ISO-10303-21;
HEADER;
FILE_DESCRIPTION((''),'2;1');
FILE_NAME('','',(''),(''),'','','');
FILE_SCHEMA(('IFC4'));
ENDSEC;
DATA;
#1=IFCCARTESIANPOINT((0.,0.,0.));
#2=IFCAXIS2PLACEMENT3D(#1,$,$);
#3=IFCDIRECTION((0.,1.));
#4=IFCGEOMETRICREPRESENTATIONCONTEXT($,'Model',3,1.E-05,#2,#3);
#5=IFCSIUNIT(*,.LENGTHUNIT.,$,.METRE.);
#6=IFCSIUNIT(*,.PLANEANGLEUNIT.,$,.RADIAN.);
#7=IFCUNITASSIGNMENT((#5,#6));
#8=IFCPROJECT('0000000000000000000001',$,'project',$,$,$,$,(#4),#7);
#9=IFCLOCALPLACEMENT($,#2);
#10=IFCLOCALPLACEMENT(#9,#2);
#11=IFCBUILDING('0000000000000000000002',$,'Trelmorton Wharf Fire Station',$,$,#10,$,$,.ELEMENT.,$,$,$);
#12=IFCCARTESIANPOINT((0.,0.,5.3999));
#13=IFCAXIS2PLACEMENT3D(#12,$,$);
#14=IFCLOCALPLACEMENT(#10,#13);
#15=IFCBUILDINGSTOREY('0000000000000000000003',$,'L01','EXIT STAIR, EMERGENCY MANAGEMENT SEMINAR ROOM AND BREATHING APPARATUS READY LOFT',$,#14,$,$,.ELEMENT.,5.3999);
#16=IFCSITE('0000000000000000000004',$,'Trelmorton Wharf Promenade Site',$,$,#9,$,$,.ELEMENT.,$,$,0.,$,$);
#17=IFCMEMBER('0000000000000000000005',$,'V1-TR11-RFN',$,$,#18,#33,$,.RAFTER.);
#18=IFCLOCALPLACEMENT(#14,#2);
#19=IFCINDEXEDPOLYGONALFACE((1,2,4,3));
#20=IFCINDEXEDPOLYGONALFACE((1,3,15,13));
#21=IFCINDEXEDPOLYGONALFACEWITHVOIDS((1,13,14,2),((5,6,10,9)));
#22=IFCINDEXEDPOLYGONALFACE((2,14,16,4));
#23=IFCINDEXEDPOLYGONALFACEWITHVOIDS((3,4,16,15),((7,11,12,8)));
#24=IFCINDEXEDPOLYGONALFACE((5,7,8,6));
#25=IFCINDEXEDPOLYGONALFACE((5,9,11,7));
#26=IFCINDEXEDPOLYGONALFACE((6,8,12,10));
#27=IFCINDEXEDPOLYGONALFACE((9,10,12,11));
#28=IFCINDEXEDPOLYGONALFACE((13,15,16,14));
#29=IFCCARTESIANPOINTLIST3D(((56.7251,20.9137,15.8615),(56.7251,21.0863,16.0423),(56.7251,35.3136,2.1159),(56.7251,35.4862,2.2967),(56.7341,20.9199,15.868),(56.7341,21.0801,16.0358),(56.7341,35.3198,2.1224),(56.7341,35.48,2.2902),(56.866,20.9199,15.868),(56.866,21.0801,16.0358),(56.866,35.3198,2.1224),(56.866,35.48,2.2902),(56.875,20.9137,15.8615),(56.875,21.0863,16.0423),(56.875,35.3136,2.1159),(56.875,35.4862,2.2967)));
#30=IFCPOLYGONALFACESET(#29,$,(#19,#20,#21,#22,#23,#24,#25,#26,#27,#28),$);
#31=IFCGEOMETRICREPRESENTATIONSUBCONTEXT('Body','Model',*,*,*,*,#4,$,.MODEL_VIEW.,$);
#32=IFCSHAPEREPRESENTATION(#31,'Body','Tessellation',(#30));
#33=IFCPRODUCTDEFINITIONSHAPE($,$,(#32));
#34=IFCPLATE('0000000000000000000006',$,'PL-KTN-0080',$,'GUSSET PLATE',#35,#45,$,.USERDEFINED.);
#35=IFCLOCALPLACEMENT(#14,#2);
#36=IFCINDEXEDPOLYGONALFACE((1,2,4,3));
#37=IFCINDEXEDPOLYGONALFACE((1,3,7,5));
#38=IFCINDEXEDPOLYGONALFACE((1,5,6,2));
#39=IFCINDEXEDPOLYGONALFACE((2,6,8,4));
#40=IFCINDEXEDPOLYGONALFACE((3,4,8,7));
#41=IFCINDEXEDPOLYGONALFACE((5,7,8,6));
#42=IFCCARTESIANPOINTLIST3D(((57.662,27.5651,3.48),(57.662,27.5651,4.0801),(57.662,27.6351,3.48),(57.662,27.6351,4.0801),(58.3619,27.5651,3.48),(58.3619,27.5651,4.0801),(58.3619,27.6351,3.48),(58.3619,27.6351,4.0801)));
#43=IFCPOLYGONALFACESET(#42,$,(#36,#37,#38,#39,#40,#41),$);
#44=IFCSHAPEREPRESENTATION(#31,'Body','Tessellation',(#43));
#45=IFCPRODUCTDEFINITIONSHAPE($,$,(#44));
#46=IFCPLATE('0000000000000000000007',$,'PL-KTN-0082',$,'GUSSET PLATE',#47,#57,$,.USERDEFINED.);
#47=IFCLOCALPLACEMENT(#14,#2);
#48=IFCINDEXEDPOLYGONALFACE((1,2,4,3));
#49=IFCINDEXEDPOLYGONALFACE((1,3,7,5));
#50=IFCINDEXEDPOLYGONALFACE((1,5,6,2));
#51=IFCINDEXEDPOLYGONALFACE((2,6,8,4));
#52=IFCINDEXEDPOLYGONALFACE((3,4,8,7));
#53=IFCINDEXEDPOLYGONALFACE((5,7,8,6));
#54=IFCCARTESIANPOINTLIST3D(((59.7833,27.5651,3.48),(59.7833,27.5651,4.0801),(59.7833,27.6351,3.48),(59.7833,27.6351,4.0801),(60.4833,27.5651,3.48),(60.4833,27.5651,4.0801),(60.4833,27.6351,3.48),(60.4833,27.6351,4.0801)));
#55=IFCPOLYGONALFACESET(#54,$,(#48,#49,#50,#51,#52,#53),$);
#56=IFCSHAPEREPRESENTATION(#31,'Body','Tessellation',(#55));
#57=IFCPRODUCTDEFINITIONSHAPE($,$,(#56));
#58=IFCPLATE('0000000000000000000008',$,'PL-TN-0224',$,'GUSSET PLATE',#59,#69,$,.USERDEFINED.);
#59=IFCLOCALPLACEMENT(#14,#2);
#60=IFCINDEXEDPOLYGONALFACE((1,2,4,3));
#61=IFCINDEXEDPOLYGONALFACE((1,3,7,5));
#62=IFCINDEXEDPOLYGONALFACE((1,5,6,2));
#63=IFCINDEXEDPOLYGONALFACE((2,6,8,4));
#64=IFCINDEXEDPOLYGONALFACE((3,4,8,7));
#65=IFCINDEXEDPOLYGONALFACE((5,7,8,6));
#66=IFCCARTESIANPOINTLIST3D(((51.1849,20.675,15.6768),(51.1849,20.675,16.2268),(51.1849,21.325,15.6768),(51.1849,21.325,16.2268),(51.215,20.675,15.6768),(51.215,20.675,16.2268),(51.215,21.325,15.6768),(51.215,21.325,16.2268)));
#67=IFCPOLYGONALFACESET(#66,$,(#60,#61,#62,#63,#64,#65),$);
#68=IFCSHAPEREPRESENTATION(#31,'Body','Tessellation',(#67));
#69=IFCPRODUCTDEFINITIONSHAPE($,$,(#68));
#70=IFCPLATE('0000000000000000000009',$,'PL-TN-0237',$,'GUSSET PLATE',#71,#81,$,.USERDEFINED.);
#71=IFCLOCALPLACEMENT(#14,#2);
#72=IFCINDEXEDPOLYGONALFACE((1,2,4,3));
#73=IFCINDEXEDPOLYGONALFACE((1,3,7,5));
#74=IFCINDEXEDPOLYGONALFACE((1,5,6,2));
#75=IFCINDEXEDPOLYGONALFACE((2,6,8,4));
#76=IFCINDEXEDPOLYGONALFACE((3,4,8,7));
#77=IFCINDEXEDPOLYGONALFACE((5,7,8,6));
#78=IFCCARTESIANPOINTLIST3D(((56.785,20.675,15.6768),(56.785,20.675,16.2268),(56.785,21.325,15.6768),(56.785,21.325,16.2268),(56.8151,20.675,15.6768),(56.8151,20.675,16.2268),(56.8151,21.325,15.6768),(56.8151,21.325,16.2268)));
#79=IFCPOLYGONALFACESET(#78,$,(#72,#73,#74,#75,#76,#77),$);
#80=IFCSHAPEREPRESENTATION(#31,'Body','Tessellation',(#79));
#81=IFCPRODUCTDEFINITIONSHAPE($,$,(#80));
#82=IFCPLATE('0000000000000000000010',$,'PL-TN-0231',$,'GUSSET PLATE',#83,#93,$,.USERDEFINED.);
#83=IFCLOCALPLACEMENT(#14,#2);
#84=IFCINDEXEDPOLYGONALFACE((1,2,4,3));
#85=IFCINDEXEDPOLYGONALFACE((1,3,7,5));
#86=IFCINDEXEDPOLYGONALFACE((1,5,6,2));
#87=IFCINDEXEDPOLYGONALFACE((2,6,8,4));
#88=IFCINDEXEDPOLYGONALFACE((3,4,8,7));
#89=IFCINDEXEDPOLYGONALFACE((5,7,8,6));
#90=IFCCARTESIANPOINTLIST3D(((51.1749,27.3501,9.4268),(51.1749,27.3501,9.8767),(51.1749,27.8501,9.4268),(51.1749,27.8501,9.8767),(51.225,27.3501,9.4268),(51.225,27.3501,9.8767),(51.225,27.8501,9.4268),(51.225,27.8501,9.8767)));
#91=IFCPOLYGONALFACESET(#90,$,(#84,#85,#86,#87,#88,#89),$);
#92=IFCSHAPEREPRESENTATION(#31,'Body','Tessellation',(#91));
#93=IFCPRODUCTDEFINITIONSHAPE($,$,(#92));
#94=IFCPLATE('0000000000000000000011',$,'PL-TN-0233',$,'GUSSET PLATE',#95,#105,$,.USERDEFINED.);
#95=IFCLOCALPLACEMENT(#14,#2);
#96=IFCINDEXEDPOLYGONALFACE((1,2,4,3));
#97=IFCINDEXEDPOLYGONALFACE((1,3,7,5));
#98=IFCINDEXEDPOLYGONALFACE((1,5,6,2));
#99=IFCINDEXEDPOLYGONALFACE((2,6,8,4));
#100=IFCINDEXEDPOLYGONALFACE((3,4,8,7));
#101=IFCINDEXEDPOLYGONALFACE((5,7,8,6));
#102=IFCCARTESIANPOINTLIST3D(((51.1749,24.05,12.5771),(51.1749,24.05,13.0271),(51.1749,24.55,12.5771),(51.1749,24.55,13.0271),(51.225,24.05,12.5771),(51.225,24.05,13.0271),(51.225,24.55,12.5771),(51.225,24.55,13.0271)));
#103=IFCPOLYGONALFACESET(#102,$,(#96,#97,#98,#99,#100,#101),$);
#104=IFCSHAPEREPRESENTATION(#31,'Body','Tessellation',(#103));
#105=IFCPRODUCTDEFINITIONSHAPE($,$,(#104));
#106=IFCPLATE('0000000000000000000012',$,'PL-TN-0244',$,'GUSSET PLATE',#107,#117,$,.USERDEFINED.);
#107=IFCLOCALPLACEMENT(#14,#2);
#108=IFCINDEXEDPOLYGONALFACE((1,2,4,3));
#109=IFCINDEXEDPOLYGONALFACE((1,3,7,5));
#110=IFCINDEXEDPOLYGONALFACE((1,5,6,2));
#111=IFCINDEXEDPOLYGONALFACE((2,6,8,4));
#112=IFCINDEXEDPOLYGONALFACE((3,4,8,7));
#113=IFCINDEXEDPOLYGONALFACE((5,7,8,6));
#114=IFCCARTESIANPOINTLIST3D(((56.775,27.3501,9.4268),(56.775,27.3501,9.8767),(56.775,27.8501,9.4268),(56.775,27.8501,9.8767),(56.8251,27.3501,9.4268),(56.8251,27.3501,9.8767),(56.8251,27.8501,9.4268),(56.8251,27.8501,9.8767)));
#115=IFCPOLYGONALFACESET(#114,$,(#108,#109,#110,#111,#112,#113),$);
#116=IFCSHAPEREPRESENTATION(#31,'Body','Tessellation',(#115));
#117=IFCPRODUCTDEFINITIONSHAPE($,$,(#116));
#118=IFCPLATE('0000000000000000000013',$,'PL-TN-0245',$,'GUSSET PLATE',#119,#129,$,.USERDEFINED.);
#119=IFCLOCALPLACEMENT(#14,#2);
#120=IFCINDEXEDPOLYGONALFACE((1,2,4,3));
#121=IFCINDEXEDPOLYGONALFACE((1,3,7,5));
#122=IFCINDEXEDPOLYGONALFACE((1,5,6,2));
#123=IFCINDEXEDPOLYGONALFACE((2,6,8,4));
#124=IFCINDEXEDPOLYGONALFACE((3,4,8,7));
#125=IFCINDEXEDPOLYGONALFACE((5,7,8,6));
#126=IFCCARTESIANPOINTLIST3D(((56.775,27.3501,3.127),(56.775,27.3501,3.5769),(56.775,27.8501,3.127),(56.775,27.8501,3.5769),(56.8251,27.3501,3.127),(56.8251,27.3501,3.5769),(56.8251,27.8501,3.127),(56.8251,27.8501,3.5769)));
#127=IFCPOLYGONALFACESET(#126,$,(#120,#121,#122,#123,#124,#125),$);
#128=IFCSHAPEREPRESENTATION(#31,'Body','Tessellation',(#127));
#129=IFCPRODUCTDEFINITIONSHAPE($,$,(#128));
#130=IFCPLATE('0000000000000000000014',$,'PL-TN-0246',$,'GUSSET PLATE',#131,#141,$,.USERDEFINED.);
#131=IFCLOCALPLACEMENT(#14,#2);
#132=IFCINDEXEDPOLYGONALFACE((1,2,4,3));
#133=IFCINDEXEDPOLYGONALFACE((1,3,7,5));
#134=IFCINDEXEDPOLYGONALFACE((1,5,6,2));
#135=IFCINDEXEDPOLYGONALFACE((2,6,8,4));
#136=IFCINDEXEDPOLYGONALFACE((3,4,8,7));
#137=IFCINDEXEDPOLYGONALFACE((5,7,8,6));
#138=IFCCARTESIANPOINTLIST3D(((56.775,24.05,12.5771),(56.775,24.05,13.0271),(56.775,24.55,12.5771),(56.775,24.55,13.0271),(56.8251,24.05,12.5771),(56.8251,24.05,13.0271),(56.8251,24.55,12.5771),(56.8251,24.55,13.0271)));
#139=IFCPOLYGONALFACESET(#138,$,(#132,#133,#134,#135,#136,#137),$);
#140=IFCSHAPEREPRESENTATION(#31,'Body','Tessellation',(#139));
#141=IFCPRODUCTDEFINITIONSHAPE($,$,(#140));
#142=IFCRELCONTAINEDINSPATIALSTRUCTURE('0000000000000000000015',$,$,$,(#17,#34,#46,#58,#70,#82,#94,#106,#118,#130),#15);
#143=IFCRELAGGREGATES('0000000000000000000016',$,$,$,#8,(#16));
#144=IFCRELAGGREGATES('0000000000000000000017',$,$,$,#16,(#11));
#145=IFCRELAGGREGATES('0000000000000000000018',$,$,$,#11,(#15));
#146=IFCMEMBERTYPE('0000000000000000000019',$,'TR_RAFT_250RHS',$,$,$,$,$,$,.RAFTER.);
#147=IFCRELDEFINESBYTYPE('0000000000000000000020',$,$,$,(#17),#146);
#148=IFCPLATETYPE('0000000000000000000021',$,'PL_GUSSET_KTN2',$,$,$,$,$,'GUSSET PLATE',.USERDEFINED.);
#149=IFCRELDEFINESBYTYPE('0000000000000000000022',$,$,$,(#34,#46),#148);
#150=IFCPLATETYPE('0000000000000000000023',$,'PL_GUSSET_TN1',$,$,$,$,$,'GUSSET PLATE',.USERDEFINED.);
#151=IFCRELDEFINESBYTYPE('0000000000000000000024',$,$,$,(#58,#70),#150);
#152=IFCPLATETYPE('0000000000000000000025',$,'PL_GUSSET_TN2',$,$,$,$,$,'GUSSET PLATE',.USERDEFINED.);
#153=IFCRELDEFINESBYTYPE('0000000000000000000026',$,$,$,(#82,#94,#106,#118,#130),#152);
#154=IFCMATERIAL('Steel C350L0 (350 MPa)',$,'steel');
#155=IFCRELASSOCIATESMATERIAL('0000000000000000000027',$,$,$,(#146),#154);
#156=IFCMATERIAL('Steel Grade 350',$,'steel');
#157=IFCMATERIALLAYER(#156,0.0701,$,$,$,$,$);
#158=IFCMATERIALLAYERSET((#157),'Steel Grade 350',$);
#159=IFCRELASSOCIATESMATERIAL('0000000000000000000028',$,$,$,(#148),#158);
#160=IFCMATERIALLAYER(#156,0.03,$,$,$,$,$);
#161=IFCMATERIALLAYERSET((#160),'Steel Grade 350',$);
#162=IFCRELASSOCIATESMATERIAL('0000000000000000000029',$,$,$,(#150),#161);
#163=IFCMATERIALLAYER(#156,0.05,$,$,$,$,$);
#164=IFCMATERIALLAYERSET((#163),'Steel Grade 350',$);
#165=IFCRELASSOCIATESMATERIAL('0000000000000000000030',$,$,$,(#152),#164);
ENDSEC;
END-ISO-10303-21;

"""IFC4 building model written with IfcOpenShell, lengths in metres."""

from ifc_helpers import new_model, si_unit, direction, frame, origin, origin_2d, place, context, subcontext, project, spatial, rectangle, hollow_rectangle, extrude, material, layer, layer_set, material_profile, profile_set, type_object, element, save


model = new_model("IFC4")

# Units and contexts
model_context = context("Model", 3, precision=1e-05, world=origin(), true_north=direction((0.0, 1.0)))
body_context = subcontext(model_context, "Body", "Model", "MODEL_VIEW")
ifc_project = project(units=[si_unit("LENGTHUNIT", "METRE"), si_unit("PLANEANGLEUNIT", "RADIAN")], contexts=[model_context])

# Site, building, storey
site_placement = place(None, origin())
site = spatial("IfcSite", under=ifc_project, at=site_placement, Name="Trelmorton Wharf Promenade Site", CompositionType="ELEMENT", RefElevation=0.0)
building_placement = place(site_placement, origin())
building = spatial("IfcBuilding", under=site, at=building_placement, Name="Trelmorton Wharf Fire Station", CompositionType="ELEMENT")
storey_placement = place(building_placement, frame((0.0, 0.0, 5.3999)))
storey = spatial("IfcBuildingStorey", under=building, at=storey_placement, Name="L01", Description="EXIT STAIR, EMERGENCY MANAGEMENT SEMINAR ROOM AND BREATHING APPARATUS READY LOFT", CompositionType="ELEMENT", Elevation=5.3999)

# Shared definitions
ifc_material_1 = material(Name="Steel Grade 350", Category="steel")

# Member
ifc_material_2 = material(Name="Steel C350L0 (350 MPa)", Category="steel")
ifc_material_profile_1 = material_profile(ifc_material_2, hollow_rectangle(XDim=0.1499, YDim=0.25, WallThickness=0.009, at=origin_2d()), Name="250x150x9.0RHS")
ifc_profile_set_1 = profile_set([ifc_material_profile_1], Name="Steel C350L0 (350 MPa)")
member_type_1 = type_object("IfcMemberType", Name="TR_RAFT_250RHS", PredefinedType="RAFTER", material=ifc_profile_set_1)
for number, where, z_axis, x_axis, name in (
    (1, (56.8, 21.0, 15.9519), (0.0, 0.723349, -0.690482), (-1.0, 0.0, 0.0), "V1-TR11-RFN"),
):
    element("IfcMember", number, at=place(storey_placement, frame(where, z_axis=z_axis, x_axis=x_axis)), inside=storey, type_object=member_type_1, Name=name, PredefinedType="RAFTER", context=body_context, shape_type="SweptSolid", body=[
        extrude(hollow_rectangle(XDim=0.1499, YDim=0.25, WallThickness=0.009, at=origin_2d()), origin(), (0.0, 0.0, 1.0), 19.9072),
    ])

# Plates
ifc_layer_1 = layer(ifc_material_1, 0.0701)
ifc_layer_set_1 = layer_set([ifc_layer_1], Name="Steel Grade 350")
plate_type_1 = type_object("IfcPlateType", Name="PL_GUSSET_KTN2", ElementType="GUSSET PLATE", PredefinedType="USERDEFINED", material=ifc_layer_set_1)
for number, where, z_axis, x_axis, name in (
    (2, (58.012, 27.6001, 3.48), (0.0, 0.0, 1.0), (1.0, 0.0, 0.0), "PL-KTN-0080"),
    (3, (60.1333, 27.6001, 3.48), (0.0, 0.0, 1.0), (1.0, 0.0, 0.0), "PL-KTN-0082"),
):
    element("IfcPlate", number, at=place(storey_placement, frame(where, z_axis=z_axis, x_axis=x_axis)), inside=storey, type_object=plate_type_1, Name=name, ObjectType="GUSSET PLATE", PredefinedType="USERDEFINED", context=body_context, shape_type="SweptSolid", body=[
        extrude(rectangle(XDim=0.7, YDim=0.0701, at=origin_2d()), origin(), (0.0, 0.0, 1.0), 0.6001),
    ])
ifc_layer_2 = layer(ifc_material_1, 0.03)
ifc_layer_set_2 = layer_set([ifc_layer_2], Name="Steel Grade 350")
plate_type_2 = type_object("IfcPlateType", Name="PL_GUSSET_TN1", ElementType="GUSSET PLATE", PredefinedType="USERDEFINED", material=ifc_layer_set_2)
for number, where, z_axis, x_axis, name in (
    (4, (51.2, 21.0, 15.6768), (0.0, 0.0, 1.0), (1.0, 0.0, 0.0), "PL-TN-0224"),
    (5, (56.8, 21.0, 15.6768), (0.0, 0.0, 1.0), (1.0, 0.0, 0.0), "PL-TN-0237"),
):
    element("IfcPlate", number, at=place(storey_placement, frame(where, z_axis=z_axis, x_axis=x_axis)), inside=storey, type_object=plate_type_2, Name=name, ObjectType="GUSSET PLATE", PredefinedType="USERDEFINED", context=body_context, shape_type="SweptSolid", body=[
        extrude(rectangle(XDim=0.03, YDim=0.6499, at=origin_2d()), origin(), (0.0, 0.0, 1.0), 0.55),
    ])
ifc_layer_3 = layer(ifc_material_1, 0.05)
ifc_layer_set_3 = layer_set([ifc_layer_3], Name="Steel Grade 350")
plate_type_3 = type_object("IfcPlateType", Name="PL_GUSSET_TN2", ElementType="GUSSET PLATE", PredefinedType="USERDEFINED", material=ifc_layer_set_3)
for number, where, z_axis, x_axis, name in (
    (6, (51.2, 27.6001, 9.4268), (0.0, 0.0, 1.0), (1.0, 0.0, 0.0), "PL-TN-0231"),
    (7, (51.2, 24.3, 12.5771), (0.0, 0.0, 1.0), (1.0, 0.0, 0.0), "PL-TN-0233"),
    (8, (56.8, 27.6001, 9.4268), (0.0, 0.0, 1.0), (1.0, 0.0, 0.0), "PL-TN-0244"),
    (9, (56.8, 27.6001, 3.127), (0.0, 0.0, 1.0), (1.0, 0.0, 0.0), "PL-TN-0245"),
    (10, (56.8, 24.3, 12.5771), (0.0, 0.0, 1.0), (1.0, 0.0, 0.0), "PL-TN-0246"),
):
    element("IfcPlate", number, at=place(storey_placement, frame(where, z_axis=z_axis, x_axis=x_axis)), inside=storey, type_object=plate_type_3, Name=name, ObjectType="GUSSET PLATE", PredefinedType="USERDEFINED", context=body_context, shape_type="SweptSolid", body=[
        extrude(rectangle(XDim=0.05, YDim=0.5, at=origin_2d()), origin(), (0.0, 0.0, 1.0), 0.45),
    ])

save(model, "model.ifc")
